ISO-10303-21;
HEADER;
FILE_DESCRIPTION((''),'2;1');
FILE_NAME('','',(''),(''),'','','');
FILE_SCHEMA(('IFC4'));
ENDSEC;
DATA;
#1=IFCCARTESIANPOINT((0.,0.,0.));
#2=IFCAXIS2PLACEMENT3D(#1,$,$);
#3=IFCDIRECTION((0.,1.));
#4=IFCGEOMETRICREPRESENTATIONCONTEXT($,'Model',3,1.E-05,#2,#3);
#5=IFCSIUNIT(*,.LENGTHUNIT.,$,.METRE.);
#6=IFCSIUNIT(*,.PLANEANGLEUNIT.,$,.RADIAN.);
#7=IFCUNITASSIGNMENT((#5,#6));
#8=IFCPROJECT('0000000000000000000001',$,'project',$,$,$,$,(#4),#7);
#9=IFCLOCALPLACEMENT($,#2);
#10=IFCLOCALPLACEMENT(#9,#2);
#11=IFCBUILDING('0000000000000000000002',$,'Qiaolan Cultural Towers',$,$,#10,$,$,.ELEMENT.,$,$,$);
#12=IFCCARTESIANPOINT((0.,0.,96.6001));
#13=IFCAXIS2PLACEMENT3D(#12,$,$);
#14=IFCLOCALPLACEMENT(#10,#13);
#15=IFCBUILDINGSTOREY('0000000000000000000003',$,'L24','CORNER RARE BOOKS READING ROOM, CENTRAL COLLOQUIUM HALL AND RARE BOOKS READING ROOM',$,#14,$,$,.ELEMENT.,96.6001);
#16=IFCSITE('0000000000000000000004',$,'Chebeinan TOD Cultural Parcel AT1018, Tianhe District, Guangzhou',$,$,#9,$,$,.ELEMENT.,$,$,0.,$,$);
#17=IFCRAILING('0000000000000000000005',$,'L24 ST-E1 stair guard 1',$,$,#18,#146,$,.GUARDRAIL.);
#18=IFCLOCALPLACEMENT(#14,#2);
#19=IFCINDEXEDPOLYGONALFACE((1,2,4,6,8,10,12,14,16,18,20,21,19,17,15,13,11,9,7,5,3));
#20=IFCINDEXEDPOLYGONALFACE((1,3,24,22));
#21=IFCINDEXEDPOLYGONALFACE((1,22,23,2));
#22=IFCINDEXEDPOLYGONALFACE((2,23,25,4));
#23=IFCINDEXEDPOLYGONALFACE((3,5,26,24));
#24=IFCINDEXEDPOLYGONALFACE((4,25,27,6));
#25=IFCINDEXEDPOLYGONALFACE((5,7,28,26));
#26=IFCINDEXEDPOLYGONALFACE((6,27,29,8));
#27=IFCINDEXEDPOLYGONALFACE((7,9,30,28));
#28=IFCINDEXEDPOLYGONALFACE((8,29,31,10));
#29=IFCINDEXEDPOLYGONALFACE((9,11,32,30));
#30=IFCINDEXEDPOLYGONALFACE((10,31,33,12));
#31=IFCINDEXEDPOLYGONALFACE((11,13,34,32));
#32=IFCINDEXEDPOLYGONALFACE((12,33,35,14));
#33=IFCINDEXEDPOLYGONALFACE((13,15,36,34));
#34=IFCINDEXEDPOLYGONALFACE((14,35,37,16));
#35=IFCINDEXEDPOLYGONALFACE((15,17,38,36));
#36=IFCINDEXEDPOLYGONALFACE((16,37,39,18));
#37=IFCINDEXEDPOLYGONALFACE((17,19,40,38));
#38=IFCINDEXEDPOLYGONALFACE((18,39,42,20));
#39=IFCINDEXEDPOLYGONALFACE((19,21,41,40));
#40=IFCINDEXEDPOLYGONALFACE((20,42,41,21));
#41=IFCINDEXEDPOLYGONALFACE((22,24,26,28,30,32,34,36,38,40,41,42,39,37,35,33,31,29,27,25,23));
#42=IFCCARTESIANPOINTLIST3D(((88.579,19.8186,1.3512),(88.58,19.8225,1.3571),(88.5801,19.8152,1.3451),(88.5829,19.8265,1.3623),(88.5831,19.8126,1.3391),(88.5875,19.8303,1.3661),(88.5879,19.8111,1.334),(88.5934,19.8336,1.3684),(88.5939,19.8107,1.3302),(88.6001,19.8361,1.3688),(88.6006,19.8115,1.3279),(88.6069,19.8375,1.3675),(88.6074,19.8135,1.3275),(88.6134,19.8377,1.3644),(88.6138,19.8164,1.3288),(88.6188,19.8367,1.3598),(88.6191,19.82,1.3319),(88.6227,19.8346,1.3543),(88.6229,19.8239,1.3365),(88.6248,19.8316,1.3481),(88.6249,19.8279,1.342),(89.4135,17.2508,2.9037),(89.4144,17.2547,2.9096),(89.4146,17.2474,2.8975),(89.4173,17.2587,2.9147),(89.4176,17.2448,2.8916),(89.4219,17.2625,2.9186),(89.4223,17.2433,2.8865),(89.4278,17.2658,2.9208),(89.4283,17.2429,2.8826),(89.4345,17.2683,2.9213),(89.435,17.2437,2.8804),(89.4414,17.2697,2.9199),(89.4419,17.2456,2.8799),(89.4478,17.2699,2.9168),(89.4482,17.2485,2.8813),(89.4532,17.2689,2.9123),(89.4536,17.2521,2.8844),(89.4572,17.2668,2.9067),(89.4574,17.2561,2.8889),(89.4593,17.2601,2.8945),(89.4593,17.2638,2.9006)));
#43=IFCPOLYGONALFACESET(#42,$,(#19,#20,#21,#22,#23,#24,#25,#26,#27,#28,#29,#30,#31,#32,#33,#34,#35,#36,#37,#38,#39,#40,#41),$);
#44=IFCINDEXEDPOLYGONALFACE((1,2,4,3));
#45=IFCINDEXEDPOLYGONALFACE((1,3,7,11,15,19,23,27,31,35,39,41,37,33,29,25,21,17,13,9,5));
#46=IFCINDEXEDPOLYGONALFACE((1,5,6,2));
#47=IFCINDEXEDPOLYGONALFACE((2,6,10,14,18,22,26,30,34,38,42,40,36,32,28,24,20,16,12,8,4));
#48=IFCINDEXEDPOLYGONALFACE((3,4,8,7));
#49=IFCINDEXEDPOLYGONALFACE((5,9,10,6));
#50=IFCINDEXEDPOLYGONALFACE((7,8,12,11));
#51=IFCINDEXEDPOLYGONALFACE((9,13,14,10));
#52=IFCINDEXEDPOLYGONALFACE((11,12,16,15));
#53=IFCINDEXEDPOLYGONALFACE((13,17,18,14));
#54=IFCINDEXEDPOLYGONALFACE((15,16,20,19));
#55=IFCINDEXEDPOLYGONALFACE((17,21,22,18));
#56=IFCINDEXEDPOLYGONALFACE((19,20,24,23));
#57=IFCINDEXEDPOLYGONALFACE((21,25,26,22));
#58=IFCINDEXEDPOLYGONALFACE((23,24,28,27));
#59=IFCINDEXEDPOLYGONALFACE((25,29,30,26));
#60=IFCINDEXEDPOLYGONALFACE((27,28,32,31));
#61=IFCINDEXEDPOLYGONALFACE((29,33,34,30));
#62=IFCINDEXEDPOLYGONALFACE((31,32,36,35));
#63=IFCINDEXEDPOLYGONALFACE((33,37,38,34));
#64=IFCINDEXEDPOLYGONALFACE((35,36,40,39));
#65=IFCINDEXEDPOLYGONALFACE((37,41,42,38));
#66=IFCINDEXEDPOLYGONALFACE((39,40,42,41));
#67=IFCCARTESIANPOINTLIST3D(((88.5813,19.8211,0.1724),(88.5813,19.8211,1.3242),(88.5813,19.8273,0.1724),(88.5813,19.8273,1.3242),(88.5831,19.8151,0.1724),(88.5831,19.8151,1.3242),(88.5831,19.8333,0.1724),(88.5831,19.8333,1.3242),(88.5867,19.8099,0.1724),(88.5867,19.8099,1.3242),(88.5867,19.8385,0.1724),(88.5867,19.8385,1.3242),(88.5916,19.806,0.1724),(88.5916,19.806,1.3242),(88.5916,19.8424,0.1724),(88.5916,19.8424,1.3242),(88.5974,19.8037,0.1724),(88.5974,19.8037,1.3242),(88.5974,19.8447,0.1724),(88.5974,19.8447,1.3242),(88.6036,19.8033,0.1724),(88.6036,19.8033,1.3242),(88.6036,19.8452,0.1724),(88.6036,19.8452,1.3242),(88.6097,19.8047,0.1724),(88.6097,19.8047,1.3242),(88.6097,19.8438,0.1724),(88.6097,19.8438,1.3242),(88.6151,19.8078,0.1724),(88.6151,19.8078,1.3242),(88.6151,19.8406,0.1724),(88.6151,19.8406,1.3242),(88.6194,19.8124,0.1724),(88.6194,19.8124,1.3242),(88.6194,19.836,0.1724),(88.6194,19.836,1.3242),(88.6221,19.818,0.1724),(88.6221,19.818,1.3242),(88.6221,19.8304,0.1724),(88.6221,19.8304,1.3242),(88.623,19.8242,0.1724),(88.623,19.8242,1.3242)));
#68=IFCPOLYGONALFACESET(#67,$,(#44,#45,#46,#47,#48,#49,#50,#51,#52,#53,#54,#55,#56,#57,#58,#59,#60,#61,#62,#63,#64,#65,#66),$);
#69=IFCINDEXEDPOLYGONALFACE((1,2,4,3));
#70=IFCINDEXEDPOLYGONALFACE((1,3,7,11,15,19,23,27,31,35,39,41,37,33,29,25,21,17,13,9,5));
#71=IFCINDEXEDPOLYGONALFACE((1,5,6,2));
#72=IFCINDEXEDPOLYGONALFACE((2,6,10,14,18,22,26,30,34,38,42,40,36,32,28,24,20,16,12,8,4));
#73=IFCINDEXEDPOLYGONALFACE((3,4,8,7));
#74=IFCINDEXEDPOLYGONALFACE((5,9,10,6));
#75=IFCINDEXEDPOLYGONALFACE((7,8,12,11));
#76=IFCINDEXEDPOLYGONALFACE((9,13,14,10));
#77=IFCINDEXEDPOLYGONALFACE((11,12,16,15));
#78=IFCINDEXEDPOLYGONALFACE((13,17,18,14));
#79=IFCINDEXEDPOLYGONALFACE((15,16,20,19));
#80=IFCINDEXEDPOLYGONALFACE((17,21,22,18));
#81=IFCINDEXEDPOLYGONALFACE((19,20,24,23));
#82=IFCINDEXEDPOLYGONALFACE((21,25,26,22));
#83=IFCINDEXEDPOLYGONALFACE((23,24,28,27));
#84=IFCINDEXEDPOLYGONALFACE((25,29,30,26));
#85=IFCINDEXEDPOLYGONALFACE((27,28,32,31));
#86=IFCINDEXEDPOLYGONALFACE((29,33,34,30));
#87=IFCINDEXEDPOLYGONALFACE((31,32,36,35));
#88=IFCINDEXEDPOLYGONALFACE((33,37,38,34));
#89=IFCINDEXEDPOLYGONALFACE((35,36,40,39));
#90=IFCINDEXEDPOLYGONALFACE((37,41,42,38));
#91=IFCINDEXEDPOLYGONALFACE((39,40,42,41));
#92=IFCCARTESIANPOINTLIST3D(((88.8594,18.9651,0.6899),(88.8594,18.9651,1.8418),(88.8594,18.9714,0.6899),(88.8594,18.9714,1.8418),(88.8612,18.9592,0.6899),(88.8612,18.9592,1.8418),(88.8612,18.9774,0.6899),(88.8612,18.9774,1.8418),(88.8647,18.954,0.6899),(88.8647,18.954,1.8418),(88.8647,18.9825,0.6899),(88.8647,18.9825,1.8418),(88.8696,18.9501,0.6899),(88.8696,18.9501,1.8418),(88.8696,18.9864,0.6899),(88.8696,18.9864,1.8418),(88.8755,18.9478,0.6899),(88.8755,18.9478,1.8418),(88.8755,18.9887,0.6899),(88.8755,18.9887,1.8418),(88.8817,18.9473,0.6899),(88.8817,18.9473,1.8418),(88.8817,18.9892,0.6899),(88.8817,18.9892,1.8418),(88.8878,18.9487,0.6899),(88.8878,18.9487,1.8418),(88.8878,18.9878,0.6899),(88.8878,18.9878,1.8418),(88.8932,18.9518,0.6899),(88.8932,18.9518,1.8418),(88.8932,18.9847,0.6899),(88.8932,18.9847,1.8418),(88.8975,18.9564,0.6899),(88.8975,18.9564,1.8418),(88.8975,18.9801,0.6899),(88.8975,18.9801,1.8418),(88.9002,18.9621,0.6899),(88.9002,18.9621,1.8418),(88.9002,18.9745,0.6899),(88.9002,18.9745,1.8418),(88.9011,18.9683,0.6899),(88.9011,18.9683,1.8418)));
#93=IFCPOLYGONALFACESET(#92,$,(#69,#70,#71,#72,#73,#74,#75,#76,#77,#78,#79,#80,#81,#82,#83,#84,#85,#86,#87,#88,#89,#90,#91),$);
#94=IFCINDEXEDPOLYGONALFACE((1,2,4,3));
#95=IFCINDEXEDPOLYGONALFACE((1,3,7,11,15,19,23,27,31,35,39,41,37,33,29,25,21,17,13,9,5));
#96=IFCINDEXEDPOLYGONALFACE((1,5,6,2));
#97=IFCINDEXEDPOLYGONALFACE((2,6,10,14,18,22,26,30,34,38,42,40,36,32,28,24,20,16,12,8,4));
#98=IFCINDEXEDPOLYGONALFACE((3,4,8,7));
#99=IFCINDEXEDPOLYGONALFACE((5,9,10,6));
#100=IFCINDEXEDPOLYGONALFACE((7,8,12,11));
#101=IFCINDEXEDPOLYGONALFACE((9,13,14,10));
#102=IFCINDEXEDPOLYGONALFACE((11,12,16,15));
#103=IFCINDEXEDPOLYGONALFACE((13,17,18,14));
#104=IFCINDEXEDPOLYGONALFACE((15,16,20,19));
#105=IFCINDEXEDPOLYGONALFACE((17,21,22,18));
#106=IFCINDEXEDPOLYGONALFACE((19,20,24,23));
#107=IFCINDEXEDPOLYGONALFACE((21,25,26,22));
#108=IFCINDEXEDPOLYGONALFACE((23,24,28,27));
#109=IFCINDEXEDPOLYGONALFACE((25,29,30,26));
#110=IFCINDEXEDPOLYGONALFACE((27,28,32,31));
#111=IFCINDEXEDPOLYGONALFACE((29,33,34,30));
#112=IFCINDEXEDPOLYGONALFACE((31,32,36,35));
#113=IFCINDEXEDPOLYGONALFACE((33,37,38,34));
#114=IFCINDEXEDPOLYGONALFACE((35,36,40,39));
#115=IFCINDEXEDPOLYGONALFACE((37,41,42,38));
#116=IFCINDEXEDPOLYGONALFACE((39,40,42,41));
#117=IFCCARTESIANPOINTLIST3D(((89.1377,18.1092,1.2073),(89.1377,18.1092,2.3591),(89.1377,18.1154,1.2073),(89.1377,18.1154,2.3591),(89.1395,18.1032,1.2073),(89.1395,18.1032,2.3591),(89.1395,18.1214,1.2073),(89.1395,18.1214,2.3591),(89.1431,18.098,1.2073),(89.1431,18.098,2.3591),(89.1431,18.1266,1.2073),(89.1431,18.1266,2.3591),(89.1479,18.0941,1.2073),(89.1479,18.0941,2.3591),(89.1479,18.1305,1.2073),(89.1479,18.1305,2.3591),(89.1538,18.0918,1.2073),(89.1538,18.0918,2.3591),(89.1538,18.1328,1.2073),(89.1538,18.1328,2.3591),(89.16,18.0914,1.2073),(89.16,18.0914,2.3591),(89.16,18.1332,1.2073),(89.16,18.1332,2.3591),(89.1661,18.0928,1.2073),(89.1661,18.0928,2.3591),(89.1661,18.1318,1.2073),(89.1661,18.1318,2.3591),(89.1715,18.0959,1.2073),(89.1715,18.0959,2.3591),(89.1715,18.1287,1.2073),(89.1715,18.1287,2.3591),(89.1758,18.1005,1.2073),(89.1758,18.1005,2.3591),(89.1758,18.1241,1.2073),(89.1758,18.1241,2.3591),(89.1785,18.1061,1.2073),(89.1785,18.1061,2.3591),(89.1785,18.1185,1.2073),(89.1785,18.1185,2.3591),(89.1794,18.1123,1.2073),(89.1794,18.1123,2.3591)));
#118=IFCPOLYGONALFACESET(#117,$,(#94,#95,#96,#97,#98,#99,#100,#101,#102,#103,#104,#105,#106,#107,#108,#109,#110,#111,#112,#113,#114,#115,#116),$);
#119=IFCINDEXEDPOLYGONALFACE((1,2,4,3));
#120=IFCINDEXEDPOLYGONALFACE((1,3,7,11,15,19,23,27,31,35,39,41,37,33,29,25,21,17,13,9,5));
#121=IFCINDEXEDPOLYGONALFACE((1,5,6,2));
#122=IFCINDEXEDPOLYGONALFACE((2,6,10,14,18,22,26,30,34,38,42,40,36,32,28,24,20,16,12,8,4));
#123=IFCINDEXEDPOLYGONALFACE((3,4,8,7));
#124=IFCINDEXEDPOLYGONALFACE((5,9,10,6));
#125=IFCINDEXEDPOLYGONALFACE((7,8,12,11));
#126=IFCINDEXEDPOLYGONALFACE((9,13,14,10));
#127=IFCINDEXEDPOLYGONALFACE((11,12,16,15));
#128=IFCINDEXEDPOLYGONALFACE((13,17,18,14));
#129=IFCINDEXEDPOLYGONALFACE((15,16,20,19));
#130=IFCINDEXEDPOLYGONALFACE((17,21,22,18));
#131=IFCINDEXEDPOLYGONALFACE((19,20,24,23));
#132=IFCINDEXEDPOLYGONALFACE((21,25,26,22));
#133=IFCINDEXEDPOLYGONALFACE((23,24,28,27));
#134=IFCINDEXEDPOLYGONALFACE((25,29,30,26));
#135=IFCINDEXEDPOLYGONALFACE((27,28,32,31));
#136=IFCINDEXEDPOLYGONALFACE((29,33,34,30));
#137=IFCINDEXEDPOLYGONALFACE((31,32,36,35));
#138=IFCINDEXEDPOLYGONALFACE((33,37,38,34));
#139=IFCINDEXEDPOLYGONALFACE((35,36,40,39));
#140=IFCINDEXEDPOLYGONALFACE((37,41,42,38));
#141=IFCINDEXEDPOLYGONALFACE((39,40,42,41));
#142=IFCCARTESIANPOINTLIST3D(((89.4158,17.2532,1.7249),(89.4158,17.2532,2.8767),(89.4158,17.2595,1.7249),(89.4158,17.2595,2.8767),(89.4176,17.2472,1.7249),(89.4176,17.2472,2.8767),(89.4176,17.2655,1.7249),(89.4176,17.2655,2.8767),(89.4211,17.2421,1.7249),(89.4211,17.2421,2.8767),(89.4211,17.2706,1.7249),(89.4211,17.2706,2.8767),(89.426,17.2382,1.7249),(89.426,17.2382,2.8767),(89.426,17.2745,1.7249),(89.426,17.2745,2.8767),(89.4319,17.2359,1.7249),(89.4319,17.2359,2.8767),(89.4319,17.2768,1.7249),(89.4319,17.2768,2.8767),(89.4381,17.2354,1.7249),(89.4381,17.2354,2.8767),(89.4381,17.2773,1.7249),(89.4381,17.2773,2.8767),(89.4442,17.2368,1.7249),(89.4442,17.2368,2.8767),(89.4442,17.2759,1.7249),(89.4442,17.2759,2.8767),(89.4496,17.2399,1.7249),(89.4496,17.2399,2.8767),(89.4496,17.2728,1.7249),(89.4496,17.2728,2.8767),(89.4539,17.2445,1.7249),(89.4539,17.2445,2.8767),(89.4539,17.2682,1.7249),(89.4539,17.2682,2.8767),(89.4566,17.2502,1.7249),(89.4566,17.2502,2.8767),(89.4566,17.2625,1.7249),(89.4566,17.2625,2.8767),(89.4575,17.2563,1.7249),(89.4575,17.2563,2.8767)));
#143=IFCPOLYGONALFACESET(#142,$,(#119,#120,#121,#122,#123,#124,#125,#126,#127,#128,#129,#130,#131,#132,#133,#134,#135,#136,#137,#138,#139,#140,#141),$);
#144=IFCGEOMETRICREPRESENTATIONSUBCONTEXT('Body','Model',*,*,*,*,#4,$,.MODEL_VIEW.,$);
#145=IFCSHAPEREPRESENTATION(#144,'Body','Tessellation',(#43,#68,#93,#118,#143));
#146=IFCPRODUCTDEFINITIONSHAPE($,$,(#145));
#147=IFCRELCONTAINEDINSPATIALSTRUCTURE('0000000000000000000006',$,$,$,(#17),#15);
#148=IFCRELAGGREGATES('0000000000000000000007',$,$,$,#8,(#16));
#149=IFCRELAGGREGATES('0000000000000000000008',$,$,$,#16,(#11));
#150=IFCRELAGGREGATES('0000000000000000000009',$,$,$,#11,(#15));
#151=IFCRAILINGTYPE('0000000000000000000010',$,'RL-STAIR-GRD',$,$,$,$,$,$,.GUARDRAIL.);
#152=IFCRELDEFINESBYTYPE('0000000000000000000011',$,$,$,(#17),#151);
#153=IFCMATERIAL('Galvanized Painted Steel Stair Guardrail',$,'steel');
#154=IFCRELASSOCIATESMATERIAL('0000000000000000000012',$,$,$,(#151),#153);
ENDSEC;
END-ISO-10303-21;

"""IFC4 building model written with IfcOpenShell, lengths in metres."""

from ifc_helpers import new_model, si_unit, direction, frame, origin, origin_2d, place, context, subcontext, project, spatial, circle, extrude, material, type_object, element, save


model = new_model("IFC4")

# Units and contexts
model_context = context("Model", 3, precision=1e-05, world=origin(), true_north=direction((0.0, 1.0)))
body_context = subcontext(model_context, "Body", "Model", "MODEL_VIEW")
ifc_project = project(units=[si_unit("LENGTHUNIT", "METRE"), si_unit("PLANEANGLEUNIT", "RADIAN")], contexts=[model_context])

# Site, building, storey
site_placement = place(None, origin())
site = spatial("IfcSite", under=ifc_project, at=site_placement, Name="Chebeinan TOD Cultural Parcel AT1018, Tianhe District, Guangzhou", CompositionType="ELEMENT", RefElevation=0.0)
building_placement = place(site_placement, origin())
building = spatial("IfcBuilding", under=site, at=building_placement, Name="Qiaolan Cultural Towers", CompositionType="ELEMENT")
storey_placement = place(building_placement, frame((0.0, 0.0, 96.6001)))
storey = spatial("IfcBuildingStorey", under=building, at=storey_placement, Name="L24", Description="CORNER RARE BOOKS READING ROOM, CENTRAL COLLOQUIUM HALL AND RARE BOOKS READING ROOM", CompositionType="ELEMENT", Elevation=96.6001)

# Railing
ifc_material_1 = material(Name="Galvanized Painted Steel Stair Guardrail", Category="steel")
railing_type_1 = type_object("IfcRailingType", Name="RL-STAIR-GRD", PredefinedType="GUARDRAIL", material=ifc_material_1)
railing_1_placement = place(storey_placement, frame((88.6021, 19.8242, 0.1724)))
element("IfcRailing", 1, at=railing_1_placement, inside=storey, type_object=railing_type_1, Name="L24 ST-E1 stair guard 1", PredefinedType="GUARDRAIL", context=body_context, shape_type="SweptSolid", body=[
    extrude(circle(Radius=0.0239, at=origin_2d()), frame((0.0, 0.0, 1.1758), z_axis=(0.267926, -0.824471, 0.498461), x_axis=(0.951043, 0.309057, 0.0)), (0.0, 0.0, 1.0), 3.1145),
    extrude(circle(Radius=0.021, at=origin_2d()), origin(), (0.0, 0.0, 1.0), 1.1519),
    extrude(circle(Radius=0.021, at=origin_2d()), frame((0.2781, -0.856, 0.5176)), (0.0, 0.0, 1.0), 1.1519),
    extrude(circle(Radius=0.021, at=origin_2d()), frame((0.5564, -1.7119, 1.0349)), (0.0, 0.0, 1.0), 1.1519),
    extrude(circle(Radius=0.021, at=origin_2d()), frame((0.8345, -2.5679, 1.5525)), (0.0, 0.0, 1.0), 1.1519),
])

save(model, "model.ifc")
